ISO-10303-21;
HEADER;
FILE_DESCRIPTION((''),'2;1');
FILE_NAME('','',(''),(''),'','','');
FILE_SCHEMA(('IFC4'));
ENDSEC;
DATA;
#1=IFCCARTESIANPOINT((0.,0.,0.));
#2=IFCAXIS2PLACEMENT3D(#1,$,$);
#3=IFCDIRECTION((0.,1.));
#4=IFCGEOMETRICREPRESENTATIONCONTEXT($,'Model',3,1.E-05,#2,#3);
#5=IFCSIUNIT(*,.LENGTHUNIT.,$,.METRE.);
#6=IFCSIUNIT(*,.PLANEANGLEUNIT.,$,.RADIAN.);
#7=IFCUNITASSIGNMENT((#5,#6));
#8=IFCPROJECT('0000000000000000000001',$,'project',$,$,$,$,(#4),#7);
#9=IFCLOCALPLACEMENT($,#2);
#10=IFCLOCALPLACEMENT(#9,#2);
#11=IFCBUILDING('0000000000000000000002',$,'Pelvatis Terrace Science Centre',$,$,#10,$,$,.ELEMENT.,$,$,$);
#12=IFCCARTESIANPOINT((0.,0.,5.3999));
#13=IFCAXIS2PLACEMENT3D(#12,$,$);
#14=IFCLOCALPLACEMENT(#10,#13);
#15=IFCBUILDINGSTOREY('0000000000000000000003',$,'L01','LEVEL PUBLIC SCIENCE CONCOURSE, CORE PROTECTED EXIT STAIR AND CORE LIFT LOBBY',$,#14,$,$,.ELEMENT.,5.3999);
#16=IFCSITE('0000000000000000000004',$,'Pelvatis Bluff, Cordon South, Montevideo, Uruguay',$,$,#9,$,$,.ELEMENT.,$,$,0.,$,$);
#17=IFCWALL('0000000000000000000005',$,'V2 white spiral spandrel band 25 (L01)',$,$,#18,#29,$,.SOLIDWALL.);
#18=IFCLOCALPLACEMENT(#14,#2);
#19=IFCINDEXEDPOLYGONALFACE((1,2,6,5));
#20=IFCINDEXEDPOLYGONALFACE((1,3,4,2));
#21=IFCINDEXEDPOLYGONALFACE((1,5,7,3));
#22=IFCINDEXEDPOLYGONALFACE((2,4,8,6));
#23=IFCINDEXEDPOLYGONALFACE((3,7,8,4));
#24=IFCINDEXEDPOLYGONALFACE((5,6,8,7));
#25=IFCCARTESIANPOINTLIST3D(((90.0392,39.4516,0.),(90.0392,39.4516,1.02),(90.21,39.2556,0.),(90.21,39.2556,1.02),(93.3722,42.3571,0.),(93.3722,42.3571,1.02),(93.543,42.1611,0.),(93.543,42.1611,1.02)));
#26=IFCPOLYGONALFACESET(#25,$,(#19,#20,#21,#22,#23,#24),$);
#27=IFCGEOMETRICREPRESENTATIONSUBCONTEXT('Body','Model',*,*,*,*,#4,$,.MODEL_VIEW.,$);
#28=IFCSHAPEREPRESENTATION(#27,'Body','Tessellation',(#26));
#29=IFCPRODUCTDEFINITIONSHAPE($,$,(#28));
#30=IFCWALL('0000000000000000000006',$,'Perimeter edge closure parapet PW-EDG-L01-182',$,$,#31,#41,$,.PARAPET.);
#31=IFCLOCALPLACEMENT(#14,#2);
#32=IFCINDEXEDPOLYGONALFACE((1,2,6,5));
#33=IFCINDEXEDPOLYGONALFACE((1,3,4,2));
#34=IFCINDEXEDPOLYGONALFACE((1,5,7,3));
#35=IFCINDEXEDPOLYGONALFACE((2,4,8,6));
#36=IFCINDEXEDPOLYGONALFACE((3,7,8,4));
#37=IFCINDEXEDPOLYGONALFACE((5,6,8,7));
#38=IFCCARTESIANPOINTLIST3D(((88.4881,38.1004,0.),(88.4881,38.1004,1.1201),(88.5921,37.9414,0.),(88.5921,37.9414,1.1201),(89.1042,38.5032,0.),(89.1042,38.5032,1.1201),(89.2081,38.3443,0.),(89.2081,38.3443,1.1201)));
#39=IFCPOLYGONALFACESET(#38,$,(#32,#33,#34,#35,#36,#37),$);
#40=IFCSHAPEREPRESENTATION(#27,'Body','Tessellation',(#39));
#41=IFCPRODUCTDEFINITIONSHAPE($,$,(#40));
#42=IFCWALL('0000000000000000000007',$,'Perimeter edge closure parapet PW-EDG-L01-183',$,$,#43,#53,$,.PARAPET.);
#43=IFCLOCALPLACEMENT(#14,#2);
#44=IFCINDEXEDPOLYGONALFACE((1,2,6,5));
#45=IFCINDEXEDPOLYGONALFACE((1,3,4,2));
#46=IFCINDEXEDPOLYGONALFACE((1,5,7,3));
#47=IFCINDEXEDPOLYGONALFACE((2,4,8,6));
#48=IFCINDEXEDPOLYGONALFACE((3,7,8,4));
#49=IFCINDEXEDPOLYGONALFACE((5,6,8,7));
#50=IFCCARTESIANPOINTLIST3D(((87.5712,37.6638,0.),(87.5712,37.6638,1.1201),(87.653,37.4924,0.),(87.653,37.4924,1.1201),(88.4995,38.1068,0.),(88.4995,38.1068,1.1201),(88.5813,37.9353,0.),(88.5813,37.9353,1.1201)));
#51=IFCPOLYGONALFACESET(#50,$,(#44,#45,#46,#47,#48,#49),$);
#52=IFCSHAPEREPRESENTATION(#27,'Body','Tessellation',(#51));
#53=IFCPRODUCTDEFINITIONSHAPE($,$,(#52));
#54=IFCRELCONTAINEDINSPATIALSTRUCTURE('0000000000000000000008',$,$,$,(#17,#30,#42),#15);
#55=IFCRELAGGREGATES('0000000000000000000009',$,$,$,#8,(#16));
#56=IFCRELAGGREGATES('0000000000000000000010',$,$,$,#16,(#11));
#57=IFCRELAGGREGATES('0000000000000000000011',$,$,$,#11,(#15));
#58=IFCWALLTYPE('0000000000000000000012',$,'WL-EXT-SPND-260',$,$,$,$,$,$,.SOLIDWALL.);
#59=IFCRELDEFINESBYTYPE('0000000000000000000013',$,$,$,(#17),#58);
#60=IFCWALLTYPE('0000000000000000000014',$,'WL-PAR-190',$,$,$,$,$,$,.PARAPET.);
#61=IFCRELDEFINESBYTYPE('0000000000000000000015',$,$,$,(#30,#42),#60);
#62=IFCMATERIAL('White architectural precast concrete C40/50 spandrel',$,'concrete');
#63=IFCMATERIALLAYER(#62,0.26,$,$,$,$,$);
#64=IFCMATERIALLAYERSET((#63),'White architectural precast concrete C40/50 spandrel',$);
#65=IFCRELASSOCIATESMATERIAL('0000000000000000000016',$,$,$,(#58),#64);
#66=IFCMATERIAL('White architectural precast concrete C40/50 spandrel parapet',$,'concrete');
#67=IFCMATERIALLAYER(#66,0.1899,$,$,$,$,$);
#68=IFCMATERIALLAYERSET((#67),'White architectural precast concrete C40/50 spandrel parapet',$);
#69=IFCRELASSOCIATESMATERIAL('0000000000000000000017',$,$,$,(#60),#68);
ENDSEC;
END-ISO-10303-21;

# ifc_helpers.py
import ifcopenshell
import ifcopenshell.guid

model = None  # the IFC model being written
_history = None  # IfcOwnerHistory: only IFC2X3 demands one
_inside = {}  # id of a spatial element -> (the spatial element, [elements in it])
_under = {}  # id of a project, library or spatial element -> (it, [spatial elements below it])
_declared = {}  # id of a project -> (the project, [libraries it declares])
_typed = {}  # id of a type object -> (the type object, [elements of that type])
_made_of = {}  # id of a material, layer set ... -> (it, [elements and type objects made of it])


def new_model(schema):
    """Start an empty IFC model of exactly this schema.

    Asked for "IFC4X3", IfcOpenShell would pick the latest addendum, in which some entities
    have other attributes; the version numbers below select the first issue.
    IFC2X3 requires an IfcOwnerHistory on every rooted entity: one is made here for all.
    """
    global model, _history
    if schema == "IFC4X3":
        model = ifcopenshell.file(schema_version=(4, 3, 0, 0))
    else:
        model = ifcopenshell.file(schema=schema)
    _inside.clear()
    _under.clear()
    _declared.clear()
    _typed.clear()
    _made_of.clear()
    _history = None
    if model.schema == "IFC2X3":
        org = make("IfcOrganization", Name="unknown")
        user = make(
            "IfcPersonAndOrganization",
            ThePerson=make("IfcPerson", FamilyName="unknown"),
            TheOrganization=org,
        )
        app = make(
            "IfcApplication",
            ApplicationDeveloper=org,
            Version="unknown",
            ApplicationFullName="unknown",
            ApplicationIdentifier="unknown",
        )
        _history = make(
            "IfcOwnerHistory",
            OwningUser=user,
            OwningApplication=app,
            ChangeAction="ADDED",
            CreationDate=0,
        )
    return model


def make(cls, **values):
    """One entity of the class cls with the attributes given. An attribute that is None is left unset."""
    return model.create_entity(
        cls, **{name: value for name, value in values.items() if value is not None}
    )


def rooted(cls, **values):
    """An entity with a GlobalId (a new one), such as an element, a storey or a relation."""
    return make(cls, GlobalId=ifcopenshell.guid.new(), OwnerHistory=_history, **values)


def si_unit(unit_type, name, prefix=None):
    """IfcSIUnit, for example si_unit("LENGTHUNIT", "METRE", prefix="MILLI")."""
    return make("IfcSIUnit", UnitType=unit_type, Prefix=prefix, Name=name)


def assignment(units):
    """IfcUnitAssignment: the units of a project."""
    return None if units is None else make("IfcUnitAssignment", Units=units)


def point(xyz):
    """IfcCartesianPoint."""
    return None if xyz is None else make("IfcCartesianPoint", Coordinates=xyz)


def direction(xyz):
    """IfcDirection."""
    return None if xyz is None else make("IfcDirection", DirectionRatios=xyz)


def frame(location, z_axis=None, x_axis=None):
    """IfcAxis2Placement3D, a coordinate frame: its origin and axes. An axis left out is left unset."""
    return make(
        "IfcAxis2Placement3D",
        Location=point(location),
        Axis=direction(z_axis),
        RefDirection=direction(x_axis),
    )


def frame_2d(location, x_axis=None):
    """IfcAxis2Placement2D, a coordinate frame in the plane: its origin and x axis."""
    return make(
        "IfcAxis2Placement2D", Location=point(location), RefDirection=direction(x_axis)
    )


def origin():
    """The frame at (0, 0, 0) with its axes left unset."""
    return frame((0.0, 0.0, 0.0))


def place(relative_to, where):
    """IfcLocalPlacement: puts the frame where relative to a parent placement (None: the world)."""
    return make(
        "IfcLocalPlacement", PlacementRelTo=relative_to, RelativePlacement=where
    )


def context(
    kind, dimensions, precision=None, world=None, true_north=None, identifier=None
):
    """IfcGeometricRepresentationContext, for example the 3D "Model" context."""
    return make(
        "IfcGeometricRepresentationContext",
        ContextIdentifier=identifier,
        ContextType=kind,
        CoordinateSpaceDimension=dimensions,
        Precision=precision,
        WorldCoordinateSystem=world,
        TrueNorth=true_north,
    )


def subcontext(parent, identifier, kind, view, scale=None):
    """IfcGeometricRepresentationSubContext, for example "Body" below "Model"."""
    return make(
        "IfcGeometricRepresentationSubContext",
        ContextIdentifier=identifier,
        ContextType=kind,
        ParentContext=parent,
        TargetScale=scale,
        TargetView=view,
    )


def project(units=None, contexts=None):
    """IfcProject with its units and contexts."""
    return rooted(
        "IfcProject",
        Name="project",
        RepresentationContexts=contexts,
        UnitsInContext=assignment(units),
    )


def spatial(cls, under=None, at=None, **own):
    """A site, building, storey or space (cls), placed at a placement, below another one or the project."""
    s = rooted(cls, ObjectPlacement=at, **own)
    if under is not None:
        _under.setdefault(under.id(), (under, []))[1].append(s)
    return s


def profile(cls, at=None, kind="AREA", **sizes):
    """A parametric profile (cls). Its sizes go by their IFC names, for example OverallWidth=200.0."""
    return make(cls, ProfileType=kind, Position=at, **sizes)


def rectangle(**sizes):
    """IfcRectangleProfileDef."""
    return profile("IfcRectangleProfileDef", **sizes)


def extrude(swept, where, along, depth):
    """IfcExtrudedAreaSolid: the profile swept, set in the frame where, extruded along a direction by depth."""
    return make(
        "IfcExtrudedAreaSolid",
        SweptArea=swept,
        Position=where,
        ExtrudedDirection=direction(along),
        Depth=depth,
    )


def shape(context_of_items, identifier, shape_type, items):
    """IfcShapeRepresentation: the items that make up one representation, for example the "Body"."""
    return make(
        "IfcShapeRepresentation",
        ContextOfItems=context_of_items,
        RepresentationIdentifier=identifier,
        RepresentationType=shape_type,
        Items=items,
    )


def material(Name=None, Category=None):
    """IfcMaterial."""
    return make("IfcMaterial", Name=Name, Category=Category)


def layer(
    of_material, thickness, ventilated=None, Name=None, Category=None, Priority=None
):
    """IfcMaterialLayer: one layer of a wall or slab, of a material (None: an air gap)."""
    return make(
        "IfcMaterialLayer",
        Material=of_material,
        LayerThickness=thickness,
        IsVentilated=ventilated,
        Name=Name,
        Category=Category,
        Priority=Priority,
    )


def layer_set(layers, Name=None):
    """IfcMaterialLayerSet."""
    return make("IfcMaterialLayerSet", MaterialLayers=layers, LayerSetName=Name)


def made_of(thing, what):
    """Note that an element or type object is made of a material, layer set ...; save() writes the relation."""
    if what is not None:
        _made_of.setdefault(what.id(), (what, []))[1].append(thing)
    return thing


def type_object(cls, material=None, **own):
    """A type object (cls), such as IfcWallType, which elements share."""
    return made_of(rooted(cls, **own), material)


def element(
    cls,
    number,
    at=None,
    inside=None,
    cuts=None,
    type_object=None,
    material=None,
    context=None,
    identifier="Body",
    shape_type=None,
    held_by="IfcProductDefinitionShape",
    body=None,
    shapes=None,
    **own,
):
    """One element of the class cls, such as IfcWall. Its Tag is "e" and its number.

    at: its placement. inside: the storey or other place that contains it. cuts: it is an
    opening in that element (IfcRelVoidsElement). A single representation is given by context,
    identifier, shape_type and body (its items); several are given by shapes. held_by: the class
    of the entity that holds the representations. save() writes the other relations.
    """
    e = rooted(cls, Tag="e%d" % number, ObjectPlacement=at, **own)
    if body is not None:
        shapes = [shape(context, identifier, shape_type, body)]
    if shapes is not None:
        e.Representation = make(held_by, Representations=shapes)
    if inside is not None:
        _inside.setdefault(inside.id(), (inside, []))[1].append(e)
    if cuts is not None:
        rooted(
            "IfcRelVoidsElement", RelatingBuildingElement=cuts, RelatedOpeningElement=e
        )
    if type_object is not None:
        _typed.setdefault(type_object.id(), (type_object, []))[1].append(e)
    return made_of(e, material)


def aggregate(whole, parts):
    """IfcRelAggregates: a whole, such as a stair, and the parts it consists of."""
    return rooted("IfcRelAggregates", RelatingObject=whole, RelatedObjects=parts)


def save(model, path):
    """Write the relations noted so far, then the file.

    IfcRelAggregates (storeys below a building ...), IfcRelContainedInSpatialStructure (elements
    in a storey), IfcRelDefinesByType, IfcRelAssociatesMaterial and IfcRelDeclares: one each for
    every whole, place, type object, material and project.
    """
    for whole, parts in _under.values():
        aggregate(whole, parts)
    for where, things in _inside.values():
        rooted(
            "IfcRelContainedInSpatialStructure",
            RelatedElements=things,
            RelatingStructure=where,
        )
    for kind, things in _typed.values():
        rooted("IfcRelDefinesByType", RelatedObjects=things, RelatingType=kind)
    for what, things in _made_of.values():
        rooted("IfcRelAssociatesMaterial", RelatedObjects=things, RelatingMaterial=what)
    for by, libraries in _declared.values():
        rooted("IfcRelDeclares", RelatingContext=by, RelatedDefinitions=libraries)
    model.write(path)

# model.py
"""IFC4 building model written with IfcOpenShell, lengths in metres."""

from ifc_helpers import new_model, si_unit, direction, frame, frame_2d, origin, place, context, subcontext, project, spatial, rectangle, extrude, material, layer, layer_set, type_object, element, save


model = new_model("IFC4")

# Units and contexts
model_context = context("Model", 3, precision=1e-05, world=origin(), true_north=direction((0.0, 1.0)))
body_context = subcontext(model_context, "Body", "Model", "MODEL_VIEW")
ifc_project = project(units=[si_unit("LENGTHUNIT", "METRE"), si_unit("PLANEANGLEUNIT", "RADIAN")], contexts=[model_context])

# Site, building, storey
site_placement = place(None, origin())
site = spatial("IfcSite", under=ifc_project, at=site_placement, Name="Pelvatis Bluff, Cordon South, Montevideo, Uruguay", CompositionType="ELEMENT", RefElevation=0.0)
building_placement = place(site_placement, origin())
building = spatial("IfcBuilding", under=site, at=building_placement, Name="Pelvatis Terrace Science Centre", CompositionType="ELEMENT")
storey_placement = place(building_placement, frame((0.0, 0.0, 5.3999)))
storey = spatial("IfcBuildingStorey", under=building, at=storey_placement, Name="L01", Description="LEVEL PUBLIC SCIENCE CONCOURSE, CORE PROTECTED EXIT STAIR AND CORE LIFT LOBBY", CompositionType="ELEMENT", Elevation=5.3999)

# Walls
ifc_material_1 = material(Name="White architectural precast concrete C40/50 spandrel", Category="concrete")
ifc_layer_1 = layer(ifc_material_1, 0.26)
ifc_layer_set_1 = layer_set([ifc_layer_1], Name="White architectural precast concrete C40/50 spandrel")
wall_type_1 = type_object("IfcWallType", Name="WL-EXT-SPND-260", PredefinedType="SOLIDWALL", material=ifc_layer_set_1)
wall_1_placement = place(storey_placement, frame((90.1245, 39.3535, 0.0), z_axis=(0.0, 0.0, 1.0), x_axis=(0.753793, 0.657112, 0.0)))
element("IfcWall", 1, at=wall_1_placement, inside=storey, type_object=wall_type_1, Name="V2 white spiral spandrel band 25 (L01)", PredefinedType="SOLIDWALL", context=body_context, shape_type="SweptSolid", body=[
    extrude(rectangle(XDim=4.4216, YDim=0.26, at=frame_2d((2.2109, 0.0))), origin(), (0.0, 0.0, 1.0), 1.02),
])
ifc_material_2 = material(Name="White architectural precast concrete C40/50 spandrel parapet", Category="concrete")
ifc_layer_2 = layer(ifc_material_2, 0.1899)
ifc_layer_set_2 = layer_set([ifc_layer_2], Name="White architectural precast concrete C40/50 spandrel parapet")
wall_type_2 = type_object("IfcWallType", Name="WL-PAR-190", PredefinedType="PARAPET", material=ifc_layer_set_2)
wall_2_placement = place(storey_placement, frame((89.1562, 38.4238, 0.0), z_axis=(0.0, 0.0, 1.0), x_axis=(-0.836917, -0.54733, 0.0)))
element("IfcWall", 2, at=wall_2_placement, inside=storey, type_object=wall_type_2, Name="Perimeter edge closure parapet PW-EDG-L01-182", PredefinedType="PARAPET", context=body_context, shape_type="SweptSolid", body=[
    extrude(rectangle(XDim=0.7361, YDim=0.1899, at=frame_2d((0.3682, 0.0))), origin(), (0.0, 0.0, 1.0), 1.1201),
])
wall_3_placement = place(storey_placement, frame((88.5403, 38.021, 0.0), z_axis=(0.0, 0.0, 1.0), x_axis=(-0.902536, -0.430615, 0.0)))
element("IfcWall", 3, at=wall_3_placement, inside=storey, type_object=wall_type_2, Name="Perimeter edge closure parapet PW-EDG-L01-183", PredefinedType="PARAPET", context=body_context, shape_type="SweptSolid", body=[
    extrude(rectangle(XDim=1.0286, YDim=0.1899, at=frame_2d((0.5142, 0.0))), origin(), (0.0, 0.0, 1.0), 1.1201),
])

save(model, "model.ifc")
